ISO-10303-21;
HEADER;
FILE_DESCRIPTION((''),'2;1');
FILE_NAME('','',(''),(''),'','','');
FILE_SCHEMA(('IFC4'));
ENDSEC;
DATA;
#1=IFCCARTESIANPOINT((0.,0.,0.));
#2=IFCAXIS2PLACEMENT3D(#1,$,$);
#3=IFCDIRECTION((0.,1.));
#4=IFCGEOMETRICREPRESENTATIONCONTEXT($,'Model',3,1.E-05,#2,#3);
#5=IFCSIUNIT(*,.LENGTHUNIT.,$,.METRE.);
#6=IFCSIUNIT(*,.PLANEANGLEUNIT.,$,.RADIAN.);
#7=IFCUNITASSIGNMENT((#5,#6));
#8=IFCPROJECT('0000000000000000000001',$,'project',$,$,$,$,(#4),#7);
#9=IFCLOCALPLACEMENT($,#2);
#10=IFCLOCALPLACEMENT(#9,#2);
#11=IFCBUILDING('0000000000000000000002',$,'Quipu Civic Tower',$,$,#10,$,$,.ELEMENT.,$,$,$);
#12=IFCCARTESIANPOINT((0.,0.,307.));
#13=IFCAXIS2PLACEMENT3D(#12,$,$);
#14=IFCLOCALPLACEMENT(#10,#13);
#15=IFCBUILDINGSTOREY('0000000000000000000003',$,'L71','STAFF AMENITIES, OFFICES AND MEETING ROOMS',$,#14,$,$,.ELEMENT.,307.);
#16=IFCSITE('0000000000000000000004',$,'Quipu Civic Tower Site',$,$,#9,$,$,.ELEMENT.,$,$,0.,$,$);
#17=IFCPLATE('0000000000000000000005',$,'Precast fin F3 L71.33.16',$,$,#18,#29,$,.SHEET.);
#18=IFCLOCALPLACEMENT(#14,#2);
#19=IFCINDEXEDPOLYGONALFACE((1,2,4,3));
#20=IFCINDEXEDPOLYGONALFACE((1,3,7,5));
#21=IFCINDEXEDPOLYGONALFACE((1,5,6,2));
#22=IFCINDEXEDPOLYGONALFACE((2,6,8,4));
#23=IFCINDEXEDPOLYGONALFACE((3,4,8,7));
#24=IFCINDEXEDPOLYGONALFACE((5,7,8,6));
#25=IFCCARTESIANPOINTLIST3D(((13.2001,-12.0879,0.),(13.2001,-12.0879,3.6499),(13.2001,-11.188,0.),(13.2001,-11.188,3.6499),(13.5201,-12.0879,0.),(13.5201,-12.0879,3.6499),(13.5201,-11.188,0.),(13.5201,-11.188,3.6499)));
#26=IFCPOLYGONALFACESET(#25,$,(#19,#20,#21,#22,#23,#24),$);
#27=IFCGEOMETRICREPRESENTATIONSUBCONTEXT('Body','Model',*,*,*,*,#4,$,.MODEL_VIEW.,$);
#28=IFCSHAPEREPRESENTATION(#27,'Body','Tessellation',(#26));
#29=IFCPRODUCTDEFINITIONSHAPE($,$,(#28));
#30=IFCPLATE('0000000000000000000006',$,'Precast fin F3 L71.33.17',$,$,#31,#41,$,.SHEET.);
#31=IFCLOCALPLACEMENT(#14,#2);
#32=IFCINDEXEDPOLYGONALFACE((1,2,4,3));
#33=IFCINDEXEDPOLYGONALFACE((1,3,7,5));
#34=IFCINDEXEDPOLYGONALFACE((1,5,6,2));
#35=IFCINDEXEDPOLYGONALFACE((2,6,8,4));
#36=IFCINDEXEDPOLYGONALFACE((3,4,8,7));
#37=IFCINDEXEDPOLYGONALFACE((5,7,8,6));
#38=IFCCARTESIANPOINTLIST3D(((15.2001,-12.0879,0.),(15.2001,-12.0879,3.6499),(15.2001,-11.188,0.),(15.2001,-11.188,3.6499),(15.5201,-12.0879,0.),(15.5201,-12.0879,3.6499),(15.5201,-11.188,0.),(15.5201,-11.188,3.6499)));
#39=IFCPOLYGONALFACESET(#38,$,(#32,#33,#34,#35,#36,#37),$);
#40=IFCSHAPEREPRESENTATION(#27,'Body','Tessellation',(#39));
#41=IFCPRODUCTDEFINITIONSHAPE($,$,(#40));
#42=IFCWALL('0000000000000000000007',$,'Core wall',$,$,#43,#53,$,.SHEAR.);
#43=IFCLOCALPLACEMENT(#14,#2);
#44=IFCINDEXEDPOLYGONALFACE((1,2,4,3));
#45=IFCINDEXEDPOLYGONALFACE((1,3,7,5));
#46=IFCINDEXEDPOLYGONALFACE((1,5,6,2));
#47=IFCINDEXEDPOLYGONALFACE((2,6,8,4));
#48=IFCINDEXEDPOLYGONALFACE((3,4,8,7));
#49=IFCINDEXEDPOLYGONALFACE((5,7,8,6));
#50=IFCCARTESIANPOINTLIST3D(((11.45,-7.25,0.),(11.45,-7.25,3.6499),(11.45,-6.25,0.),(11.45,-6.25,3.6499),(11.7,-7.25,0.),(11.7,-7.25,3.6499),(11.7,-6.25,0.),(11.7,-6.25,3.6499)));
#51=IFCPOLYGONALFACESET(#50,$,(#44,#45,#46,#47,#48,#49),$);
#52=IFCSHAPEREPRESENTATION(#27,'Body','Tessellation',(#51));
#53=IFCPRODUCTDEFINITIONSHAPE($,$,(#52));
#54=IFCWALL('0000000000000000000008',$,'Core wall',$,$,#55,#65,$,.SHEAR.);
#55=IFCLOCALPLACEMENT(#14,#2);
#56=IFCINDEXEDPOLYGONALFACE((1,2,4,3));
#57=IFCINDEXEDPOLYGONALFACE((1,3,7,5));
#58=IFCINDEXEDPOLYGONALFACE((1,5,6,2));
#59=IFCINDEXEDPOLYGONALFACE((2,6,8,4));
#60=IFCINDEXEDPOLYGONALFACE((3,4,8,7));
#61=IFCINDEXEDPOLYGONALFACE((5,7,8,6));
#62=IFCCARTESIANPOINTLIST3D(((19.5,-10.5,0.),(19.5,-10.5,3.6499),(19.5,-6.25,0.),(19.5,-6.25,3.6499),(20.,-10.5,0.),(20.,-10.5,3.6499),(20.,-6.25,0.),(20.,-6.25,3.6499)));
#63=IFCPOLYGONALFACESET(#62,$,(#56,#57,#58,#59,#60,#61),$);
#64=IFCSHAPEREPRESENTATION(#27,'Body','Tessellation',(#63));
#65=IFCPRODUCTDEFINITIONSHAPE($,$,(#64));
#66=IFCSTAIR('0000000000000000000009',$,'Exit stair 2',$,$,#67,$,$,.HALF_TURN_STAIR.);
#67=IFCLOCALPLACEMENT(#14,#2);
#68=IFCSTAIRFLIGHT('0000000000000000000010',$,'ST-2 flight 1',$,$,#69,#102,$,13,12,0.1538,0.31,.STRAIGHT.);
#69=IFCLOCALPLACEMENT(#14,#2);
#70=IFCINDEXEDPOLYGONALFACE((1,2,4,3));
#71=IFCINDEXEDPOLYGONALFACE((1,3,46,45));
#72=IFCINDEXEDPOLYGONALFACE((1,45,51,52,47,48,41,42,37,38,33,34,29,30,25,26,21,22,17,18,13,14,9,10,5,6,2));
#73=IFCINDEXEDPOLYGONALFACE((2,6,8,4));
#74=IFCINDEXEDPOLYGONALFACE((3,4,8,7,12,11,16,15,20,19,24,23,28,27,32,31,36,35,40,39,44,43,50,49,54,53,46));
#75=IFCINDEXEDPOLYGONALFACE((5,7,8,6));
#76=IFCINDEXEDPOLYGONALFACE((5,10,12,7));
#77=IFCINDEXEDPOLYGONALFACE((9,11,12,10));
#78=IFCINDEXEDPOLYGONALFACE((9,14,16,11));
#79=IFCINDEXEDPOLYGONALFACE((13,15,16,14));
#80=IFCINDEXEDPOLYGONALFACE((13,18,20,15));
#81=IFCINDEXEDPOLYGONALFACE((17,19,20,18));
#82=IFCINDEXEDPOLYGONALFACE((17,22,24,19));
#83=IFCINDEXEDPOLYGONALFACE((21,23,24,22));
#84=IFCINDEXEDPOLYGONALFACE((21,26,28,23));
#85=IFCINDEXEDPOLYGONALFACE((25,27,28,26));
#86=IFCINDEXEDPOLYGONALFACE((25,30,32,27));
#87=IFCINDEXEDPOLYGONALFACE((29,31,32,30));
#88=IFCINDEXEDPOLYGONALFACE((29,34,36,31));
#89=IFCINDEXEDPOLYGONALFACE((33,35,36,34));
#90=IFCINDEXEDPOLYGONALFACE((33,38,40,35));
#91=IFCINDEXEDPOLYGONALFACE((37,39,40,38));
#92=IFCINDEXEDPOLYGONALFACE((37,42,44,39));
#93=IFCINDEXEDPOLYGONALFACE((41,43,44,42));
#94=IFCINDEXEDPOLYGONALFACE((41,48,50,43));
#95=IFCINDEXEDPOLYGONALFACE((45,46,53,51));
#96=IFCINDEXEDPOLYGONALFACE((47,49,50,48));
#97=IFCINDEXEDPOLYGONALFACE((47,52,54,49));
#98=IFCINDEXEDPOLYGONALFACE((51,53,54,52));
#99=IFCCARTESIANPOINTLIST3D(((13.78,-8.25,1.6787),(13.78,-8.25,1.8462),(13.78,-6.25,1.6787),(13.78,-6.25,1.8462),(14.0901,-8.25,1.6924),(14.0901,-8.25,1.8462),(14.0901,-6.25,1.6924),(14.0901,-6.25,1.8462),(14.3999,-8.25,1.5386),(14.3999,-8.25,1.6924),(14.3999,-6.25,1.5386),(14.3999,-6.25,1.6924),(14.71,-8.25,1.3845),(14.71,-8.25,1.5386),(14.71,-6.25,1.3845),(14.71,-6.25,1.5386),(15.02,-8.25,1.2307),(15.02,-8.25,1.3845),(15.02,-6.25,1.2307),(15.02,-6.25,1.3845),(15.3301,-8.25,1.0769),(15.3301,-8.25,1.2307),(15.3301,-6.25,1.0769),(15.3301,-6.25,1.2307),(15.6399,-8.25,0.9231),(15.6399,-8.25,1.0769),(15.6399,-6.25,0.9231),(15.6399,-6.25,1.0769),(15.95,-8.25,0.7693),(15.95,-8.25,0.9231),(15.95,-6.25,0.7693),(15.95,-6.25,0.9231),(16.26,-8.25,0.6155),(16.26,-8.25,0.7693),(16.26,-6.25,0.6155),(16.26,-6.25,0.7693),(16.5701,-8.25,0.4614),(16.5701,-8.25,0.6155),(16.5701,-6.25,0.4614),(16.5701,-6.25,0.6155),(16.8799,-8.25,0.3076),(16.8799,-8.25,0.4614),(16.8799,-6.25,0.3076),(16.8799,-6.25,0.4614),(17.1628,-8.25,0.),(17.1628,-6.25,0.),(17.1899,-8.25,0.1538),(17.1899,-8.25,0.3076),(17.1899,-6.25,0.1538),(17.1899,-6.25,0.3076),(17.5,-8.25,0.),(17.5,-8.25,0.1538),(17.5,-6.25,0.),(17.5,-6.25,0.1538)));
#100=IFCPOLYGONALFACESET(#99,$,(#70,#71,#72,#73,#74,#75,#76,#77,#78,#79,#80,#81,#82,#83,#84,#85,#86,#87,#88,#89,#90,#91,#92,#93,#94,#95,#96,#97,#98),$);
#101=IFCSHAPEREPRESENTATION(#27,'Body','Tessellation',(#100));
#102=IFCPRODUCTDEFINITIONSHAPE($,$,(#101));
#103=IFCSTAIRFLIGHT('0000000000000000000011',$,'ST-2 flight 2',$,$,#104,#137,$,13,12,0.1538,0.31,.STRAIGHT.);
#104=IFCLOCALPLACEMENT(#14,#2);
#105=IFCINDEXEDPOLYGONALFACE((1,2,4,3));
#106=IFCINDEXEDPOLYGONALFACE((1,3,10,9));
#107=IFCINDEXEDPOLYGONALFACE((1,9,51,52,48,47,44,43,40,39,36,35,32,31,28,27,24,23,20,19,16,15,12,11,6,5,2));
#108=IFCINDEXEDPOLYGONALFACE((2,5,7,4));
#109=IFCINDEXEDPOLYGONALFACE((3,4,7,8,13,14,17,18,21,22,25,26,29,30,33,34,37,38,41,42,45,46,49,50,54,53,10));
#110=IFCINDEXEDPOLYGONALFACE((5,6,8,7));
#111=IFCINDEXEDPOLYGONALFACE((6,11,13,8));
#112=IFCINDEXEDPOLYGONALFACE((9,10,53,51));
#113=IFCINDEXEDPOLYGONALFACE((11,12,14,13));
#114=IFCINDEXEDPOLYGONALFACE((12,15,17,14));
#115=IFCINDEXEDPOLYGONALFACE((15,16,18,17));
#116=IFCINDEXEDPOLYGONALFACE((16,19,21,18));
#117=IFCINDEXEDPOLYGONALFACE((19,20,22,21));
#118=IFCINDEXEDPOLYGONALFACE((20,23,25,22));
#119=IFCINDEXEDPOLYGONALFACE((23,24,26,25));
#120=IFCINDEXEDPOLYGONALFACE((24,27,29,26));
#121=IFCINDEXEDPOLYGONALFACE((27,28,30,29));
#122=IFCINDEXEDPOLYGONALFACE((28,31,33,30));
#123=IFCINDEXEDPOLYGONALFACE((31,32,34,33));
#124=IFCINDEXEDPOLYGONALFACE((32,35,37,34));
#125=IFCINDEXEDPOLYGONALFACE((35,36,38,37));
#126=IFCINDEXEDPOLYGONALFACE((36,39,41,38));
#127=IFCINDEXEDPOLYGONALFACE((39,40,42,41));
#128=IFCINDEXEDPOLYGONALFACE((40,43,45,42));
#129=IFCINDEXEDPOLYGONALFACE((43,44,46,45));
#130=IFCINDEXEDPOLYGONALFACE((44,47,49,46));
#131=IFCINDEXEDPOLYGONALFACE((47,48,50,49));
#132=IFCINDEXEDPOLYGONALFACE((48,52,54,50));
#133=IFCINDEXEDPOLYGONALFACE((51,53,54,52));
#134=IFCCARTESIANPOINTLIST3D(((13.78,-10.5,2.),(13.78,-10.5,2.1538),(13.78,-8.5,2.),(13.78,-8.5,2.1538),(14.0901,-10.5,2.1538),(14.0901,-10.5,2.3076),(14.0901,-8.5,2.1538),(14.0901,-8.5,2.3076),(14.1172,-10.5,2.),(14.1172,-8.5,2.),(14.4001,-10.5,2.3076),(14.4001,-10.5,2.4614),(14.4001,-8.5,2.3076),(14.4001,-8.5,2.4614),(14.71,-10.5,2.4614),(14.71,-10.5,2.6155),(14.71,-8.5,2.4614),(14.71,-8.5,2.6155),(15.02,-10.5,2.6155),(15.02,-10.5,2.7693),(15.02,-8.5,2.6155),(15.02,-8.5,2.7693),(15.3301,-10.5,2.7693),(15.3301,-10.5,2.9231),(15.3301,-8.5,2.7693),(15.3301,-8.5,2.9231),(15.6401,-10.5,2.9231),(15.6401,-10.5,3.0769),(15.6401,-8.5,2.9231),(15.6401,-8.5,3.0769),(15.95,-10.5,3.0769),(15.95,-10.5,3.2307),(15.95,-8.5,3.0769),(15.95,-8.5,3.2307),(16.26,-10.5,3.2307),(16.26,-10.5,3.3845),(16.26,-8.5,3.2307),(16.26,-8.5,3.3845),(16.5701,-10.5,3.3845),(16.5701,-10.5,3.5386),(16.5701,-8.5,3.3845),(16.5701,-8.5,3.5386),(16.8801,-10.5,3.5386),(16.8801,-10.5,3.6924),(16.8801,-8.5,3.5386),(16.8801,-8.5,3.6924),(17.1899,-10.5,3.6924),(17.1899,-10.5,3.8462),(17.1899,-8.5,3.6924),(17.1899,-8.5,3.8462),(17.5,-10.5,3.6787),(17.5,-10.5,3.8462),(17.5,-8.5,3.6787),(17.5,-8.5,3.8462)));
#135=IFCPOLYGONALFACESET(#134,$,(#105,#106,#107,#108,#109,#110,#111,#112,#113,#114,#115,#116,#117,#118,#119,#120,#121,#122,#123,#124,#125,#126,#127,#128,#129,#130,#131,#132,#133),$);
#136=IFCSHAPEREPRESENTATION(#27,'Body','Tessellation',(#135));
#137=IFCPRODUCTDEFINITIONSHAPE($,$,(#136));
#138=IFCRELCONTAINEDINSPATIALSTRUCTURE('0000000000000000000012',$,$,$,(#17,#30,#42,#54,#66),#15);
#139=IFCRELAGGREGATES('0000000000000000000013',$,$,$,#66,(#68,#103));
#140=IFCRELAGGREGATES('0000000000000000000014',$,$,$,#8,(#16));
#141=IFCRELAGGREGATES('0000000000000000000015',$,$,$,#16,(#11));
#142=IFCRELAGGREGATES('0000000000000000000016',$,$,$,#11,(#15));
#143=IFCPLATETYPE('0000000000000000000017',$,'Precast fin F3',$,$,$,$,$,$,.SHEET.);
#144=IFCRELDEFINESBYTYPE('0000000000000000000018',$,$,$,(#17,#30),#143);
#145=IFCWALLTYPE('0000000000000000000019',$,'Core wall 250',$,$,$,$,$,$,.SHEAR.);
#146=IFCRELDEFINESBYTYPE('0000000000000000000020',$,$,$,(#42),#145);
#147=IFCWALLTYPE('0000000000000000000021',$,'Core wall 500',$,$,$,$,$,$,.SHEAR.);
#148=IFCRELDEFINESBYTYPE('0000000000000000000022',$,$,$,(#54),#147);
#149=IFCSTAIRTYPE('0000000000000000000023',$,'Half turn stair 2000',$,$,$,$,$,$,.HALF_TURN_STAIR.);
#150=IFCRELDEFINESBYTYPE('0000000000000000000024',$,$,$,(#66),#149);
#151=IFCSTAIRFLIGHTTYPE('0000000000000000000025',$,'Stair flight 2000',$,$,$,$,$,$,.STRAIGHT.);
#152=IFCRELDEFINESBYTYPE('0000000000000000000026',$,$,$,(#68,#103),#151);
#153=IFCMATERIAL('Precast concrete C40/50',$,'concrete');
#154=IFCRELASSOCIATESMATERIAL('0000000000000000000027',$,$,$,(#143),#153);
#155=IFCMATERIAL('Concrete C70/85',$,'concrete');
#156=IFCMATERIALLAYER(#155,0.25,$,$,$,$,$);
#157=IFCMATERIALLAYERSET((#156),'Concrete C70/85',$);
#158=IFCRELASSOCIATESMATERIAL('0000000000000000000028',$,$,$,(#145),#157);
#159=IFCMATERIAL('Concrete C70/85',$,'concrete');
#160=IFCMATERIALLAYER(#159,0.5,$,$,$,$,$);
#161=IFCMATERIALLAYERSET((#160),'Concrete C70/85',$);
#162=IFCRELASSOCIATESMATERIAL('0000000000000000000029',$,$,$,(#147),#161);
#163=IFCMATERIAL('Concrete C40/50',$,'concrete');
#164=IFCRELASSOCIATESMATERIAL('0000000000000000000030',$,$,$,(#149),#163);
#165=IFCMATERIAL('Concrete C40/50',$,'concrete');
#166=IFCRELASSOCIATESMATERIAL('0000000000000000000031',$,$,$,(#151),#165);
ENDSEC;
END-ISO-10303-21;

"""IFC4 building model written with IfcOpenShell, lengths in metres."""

from ifc_helpers import new_model, si_unit, direction, frame, frame_2d, origin, origin_2d, place, context, subcontext, project, spatial, polyline, rectangle, outline, extrude, material, layer, layer_set, type_object, element, aggregate, save


model = new_model("IFC4")

# Units and contexts
model_context = context("Model", 3, precision=1e-05, world=origin(), true_north=direction((0.0, 1.0)))
body_context = subcontext(model_context, "Body", "Model", "MODEL_VIEW")
ifc_project = project(units=[si_unit("LENGTHUNIT", "METRE"), si_unit("PLANEANGLEUNIT", "RADIAN")], contexts=[model_context])

# Site, building, storey
site_placement = place(None, origin())
site = spatial("IfcSite", under=ifc_project, at=site_placement, Name="Quipu Civic Tower Site", CompositionType="ELEMENT", RefElevation=0.0)
building_placement = place(site_placement, origin())
building = spatial("IfcBuilding", under=site, at=building_placement, Name="Quipu Civic Tower", CompositionType="ELEMENT")
storey_placement = place(building_placement, frame((0.0, 0.0, 307.0)))
storey = spatial("IfcBuildingStorey", under=building, at=storey_placement, Name="L71", Description="STAFF AMENITIES, OFFICES AND MEETING ROOMS", CompositionType="ELEMENT", Elevation=307.0)

# Plates
ifc_material_1 = material(Name="Precast concrete C40/50", Category="concrete")
plate_type = type_object("IfcPlateType", Name="Precast fin F3", PredefinedType="SHEET", material=ifc_material_1)
for number, where, z_axis, x_axis, name in (
    (1, (13.3601, -11.6379, 0.0), (0.0, 0.0, 1.0), (1.0, 0.0, 0.0), "Precast fin F3 L71.33.16"),
    (2, (15.3601, -11.6379, 0.0), (0.0, 0.0, 1.0), (1.0, 0.0, 0.0), "Precast fin F3 L71.33.17"),
):
    element("IfcPlate", number, at=place(storey_placement, frame(where, z_axis=z_axis, x_axis=x_axis)), inside=storey, type_object=plate_type, Name=name, PredefinedType="SHEET", context=body_context, shape_type="SweptSolid", body=[
        extrude(rectangle(XDim=0.3201, YDim=0.8999, at=origin_2d()), origin(), (0.0, 0.0, 1.0), 3.6499),
    ])

# Shared definitions
ifc_material_2 = material(Name="Concrete C70/85", Category="concrete")
ifc_layer_1 = layer(ifc_material_2, 0.25)
ifc_layer_set_1 = layer_set([ifc_layer_1], Name="Concrete C70/85")
wall_type_1 = type_object("IfcWallType", Name="Core wall 250", PredefinedType="SHEAR", material=ifc_layer_set_1)

# Walls
wall_1_placement = place(storey_placement, frame((11.575, -7.25, 0.0), z_axis=(0.0, 0.0, 1.0), x_axis=(0.0, 1.0, 0.0)))
element("IfcWall", 3, at=wall_1_placement, inside=storey, type_object=wall_type_1, Name="Core wall", PredefinedType="SHEAR", context=body_context, shape_type="SweptSolid", body=[
    extrude(rectangle(XDim=1.0, YDim=0.25, at=frame_2d((0.5, 0.0))), origin(), (0.0, 0.0, 1.0), 3.6499),
])
ifc_material_3 = material(Name="Concrete C70/85", Category="concrete")
ifc_layer_2 = layer(ifc_material_3, 0.5)
ifc_layer_set_2 = layer_set([ifc_layer_2], Name="Concrete C70/85")
wall_type_2 = type_object("IfcWallType", Name="Core wall 500", PredefinedType="SHEAR", material=ifc_layer_set_2)
wall_2_placement = place(storey_placement, frame((19.75, -10.5, 0.0), z_axis=(0.0, 0.0, 1.0), x_axis=(0.0, 1.0, 0.0)))
element("IfcWall", 4, at=wall_2_placement, inside=storey, type_object=wall_type_2, Name="Core wall", PredefinedType="SHEAR", context=body_context, shape_type="SweptSolid", body=[
    extrude(rectangle(XDim=4.25, YDim=0.5, at=frame_2d((2.125, 0.0))), origin(), (0.0, 0.0, 1.0), 3.6499),
])

# Stair, stair flights
ifc_material_4 = material(Name="Concrete C40/50", Category="concrete")
stair_type = type_object("IfcStairType", Name="Half turn stair 2000", PredefinedType="HALF_TURN_STAIR", material=ifc_material_4)
stair_placement = place(storey_placement, origin())
stair = element("IfcStair", 5, at=stair_placement, inside=storey, type_object=stair_type, Name="Exit stair 2", PredefinedType="HALF_TURN_STAIR")
ifc_material_5 = material(Name="Concrete C40/50", Category="concrete")
stair_flight_type = type_object("IfcStairFlightType", Name="Stair flight 2000", PredefinedType="STRAIGHT", material=ifc_material_5)
stair_flight_1_placement = place(storey_placement, frame((17.5, -7.25, 0.0), z_axis=(0.0, 0.0, 1.0), x_axis=(-1.0, 0.0, 0.0)))
stair_flight_1 = element("IfcStairFlight", 6, at=stair_flight_1_placement, type_object=stair_flight_type, Name="ST-2 flight 1", NumberOfRisers=13, NumberOfTreads=12, PredefinedType="STRAIGHT", RiserHeight=0.1538, TreadLength=0.31, context=body_context, shape_type="SweptSolid", body=[
    extrude(outline(polyline([(0.0, 0.0), (0.0, 0.1538), (0.3101, 0.1538), (0.3101, 0.3076), (0.6201, 0.3076), (0.6201, 0.4614), (0.9299, 0.4614), (0.9299, 0.6155), (1.24, 0.6155), (1.24, 0.7693), (1.55, 0.7693), (1.55, 0.9231), (1.8601, 0.9231), (1.8601, 1.0769), (2.1699, 1.0769), (2.1699, 1.2307), (2.48, 1.2307), (2.48, 1.3845), (2.79, 1.3845), (2.79, 1.5386), (3.1001, 1.5386), (3.1001, 1.6924), (3.4099, 1.6924), (3.4099, 1.8462), (3.72, 1.8462), (3.72, 2.0), (3.72, 1.6787), (0.3372, 0.0), (0.0, 0.0)])), frame((0.0, 1.0, 0.0), z_axis=(0.0, -1.0, 0.0), x_axis=(1.0, 0.0, 0.0)), (0.0, 0.0, 1.0), 2.0),
])
stair_flight_2_placement = place(storey_placement, frame((13.78, -9.5, 2.0), z_axis=(0.0, 0.0, 1.0), x_axis=(1.0, 0.0, 0.0)))
stair_flight_2 = element("IfcStairFlight", 7, at=stair_flight_2_placement, type_object=stair_flight_type, Name="ST-2 flight 2", NumberOfRisers=13, NumberOfTreads=12, PredefinedType="STRAIGHT", RiserHeight=0.1538, TreadLength=0.31, context=body_context, shape_type="SweptSolid", body=[
    extrude(outline(polyline([(0.0, 0.0), (0.0, 0.1538), (0.3101, 0.1538), (0.3101, 0.3076), (0.6201, 0.3076), (0.6201, 0.4614), (0.9299, 0.4614), (0.9299, 0.6155), (1.24, 0.6155), (1.24, 0.7693), (1.55, 0.7693), (1.55, 0.9231), (1.8601, 0.9231), (1.8601, 1.0769), (2.1699, 1.0769), (2.1699, 1.2307), (2.48, 1.2307), (2.48, 1.3845), (2.79, 1.3845), (2.79, 1.5386), (3.1001, 1.5386), (3.1001, 1.6924), (3.4099, 1.6924), (3.4099, 1.8462), (3.72, 1.8462), (3.72, 2.0), (3.72, 1.6787), (0.3372, 0.0), (0.0, 0.0)])), frame((0.0, 1.0, 0.0), z_axis=(0.0, -1.0, 0.0), x_axis=(1.0, 0.0, 0.0)), (0.0, 0.0, 1.0), 2.0),
])
aggregate(stair, [stair_flight_1, stair_flight_2])

save(model, "model.ifc")
